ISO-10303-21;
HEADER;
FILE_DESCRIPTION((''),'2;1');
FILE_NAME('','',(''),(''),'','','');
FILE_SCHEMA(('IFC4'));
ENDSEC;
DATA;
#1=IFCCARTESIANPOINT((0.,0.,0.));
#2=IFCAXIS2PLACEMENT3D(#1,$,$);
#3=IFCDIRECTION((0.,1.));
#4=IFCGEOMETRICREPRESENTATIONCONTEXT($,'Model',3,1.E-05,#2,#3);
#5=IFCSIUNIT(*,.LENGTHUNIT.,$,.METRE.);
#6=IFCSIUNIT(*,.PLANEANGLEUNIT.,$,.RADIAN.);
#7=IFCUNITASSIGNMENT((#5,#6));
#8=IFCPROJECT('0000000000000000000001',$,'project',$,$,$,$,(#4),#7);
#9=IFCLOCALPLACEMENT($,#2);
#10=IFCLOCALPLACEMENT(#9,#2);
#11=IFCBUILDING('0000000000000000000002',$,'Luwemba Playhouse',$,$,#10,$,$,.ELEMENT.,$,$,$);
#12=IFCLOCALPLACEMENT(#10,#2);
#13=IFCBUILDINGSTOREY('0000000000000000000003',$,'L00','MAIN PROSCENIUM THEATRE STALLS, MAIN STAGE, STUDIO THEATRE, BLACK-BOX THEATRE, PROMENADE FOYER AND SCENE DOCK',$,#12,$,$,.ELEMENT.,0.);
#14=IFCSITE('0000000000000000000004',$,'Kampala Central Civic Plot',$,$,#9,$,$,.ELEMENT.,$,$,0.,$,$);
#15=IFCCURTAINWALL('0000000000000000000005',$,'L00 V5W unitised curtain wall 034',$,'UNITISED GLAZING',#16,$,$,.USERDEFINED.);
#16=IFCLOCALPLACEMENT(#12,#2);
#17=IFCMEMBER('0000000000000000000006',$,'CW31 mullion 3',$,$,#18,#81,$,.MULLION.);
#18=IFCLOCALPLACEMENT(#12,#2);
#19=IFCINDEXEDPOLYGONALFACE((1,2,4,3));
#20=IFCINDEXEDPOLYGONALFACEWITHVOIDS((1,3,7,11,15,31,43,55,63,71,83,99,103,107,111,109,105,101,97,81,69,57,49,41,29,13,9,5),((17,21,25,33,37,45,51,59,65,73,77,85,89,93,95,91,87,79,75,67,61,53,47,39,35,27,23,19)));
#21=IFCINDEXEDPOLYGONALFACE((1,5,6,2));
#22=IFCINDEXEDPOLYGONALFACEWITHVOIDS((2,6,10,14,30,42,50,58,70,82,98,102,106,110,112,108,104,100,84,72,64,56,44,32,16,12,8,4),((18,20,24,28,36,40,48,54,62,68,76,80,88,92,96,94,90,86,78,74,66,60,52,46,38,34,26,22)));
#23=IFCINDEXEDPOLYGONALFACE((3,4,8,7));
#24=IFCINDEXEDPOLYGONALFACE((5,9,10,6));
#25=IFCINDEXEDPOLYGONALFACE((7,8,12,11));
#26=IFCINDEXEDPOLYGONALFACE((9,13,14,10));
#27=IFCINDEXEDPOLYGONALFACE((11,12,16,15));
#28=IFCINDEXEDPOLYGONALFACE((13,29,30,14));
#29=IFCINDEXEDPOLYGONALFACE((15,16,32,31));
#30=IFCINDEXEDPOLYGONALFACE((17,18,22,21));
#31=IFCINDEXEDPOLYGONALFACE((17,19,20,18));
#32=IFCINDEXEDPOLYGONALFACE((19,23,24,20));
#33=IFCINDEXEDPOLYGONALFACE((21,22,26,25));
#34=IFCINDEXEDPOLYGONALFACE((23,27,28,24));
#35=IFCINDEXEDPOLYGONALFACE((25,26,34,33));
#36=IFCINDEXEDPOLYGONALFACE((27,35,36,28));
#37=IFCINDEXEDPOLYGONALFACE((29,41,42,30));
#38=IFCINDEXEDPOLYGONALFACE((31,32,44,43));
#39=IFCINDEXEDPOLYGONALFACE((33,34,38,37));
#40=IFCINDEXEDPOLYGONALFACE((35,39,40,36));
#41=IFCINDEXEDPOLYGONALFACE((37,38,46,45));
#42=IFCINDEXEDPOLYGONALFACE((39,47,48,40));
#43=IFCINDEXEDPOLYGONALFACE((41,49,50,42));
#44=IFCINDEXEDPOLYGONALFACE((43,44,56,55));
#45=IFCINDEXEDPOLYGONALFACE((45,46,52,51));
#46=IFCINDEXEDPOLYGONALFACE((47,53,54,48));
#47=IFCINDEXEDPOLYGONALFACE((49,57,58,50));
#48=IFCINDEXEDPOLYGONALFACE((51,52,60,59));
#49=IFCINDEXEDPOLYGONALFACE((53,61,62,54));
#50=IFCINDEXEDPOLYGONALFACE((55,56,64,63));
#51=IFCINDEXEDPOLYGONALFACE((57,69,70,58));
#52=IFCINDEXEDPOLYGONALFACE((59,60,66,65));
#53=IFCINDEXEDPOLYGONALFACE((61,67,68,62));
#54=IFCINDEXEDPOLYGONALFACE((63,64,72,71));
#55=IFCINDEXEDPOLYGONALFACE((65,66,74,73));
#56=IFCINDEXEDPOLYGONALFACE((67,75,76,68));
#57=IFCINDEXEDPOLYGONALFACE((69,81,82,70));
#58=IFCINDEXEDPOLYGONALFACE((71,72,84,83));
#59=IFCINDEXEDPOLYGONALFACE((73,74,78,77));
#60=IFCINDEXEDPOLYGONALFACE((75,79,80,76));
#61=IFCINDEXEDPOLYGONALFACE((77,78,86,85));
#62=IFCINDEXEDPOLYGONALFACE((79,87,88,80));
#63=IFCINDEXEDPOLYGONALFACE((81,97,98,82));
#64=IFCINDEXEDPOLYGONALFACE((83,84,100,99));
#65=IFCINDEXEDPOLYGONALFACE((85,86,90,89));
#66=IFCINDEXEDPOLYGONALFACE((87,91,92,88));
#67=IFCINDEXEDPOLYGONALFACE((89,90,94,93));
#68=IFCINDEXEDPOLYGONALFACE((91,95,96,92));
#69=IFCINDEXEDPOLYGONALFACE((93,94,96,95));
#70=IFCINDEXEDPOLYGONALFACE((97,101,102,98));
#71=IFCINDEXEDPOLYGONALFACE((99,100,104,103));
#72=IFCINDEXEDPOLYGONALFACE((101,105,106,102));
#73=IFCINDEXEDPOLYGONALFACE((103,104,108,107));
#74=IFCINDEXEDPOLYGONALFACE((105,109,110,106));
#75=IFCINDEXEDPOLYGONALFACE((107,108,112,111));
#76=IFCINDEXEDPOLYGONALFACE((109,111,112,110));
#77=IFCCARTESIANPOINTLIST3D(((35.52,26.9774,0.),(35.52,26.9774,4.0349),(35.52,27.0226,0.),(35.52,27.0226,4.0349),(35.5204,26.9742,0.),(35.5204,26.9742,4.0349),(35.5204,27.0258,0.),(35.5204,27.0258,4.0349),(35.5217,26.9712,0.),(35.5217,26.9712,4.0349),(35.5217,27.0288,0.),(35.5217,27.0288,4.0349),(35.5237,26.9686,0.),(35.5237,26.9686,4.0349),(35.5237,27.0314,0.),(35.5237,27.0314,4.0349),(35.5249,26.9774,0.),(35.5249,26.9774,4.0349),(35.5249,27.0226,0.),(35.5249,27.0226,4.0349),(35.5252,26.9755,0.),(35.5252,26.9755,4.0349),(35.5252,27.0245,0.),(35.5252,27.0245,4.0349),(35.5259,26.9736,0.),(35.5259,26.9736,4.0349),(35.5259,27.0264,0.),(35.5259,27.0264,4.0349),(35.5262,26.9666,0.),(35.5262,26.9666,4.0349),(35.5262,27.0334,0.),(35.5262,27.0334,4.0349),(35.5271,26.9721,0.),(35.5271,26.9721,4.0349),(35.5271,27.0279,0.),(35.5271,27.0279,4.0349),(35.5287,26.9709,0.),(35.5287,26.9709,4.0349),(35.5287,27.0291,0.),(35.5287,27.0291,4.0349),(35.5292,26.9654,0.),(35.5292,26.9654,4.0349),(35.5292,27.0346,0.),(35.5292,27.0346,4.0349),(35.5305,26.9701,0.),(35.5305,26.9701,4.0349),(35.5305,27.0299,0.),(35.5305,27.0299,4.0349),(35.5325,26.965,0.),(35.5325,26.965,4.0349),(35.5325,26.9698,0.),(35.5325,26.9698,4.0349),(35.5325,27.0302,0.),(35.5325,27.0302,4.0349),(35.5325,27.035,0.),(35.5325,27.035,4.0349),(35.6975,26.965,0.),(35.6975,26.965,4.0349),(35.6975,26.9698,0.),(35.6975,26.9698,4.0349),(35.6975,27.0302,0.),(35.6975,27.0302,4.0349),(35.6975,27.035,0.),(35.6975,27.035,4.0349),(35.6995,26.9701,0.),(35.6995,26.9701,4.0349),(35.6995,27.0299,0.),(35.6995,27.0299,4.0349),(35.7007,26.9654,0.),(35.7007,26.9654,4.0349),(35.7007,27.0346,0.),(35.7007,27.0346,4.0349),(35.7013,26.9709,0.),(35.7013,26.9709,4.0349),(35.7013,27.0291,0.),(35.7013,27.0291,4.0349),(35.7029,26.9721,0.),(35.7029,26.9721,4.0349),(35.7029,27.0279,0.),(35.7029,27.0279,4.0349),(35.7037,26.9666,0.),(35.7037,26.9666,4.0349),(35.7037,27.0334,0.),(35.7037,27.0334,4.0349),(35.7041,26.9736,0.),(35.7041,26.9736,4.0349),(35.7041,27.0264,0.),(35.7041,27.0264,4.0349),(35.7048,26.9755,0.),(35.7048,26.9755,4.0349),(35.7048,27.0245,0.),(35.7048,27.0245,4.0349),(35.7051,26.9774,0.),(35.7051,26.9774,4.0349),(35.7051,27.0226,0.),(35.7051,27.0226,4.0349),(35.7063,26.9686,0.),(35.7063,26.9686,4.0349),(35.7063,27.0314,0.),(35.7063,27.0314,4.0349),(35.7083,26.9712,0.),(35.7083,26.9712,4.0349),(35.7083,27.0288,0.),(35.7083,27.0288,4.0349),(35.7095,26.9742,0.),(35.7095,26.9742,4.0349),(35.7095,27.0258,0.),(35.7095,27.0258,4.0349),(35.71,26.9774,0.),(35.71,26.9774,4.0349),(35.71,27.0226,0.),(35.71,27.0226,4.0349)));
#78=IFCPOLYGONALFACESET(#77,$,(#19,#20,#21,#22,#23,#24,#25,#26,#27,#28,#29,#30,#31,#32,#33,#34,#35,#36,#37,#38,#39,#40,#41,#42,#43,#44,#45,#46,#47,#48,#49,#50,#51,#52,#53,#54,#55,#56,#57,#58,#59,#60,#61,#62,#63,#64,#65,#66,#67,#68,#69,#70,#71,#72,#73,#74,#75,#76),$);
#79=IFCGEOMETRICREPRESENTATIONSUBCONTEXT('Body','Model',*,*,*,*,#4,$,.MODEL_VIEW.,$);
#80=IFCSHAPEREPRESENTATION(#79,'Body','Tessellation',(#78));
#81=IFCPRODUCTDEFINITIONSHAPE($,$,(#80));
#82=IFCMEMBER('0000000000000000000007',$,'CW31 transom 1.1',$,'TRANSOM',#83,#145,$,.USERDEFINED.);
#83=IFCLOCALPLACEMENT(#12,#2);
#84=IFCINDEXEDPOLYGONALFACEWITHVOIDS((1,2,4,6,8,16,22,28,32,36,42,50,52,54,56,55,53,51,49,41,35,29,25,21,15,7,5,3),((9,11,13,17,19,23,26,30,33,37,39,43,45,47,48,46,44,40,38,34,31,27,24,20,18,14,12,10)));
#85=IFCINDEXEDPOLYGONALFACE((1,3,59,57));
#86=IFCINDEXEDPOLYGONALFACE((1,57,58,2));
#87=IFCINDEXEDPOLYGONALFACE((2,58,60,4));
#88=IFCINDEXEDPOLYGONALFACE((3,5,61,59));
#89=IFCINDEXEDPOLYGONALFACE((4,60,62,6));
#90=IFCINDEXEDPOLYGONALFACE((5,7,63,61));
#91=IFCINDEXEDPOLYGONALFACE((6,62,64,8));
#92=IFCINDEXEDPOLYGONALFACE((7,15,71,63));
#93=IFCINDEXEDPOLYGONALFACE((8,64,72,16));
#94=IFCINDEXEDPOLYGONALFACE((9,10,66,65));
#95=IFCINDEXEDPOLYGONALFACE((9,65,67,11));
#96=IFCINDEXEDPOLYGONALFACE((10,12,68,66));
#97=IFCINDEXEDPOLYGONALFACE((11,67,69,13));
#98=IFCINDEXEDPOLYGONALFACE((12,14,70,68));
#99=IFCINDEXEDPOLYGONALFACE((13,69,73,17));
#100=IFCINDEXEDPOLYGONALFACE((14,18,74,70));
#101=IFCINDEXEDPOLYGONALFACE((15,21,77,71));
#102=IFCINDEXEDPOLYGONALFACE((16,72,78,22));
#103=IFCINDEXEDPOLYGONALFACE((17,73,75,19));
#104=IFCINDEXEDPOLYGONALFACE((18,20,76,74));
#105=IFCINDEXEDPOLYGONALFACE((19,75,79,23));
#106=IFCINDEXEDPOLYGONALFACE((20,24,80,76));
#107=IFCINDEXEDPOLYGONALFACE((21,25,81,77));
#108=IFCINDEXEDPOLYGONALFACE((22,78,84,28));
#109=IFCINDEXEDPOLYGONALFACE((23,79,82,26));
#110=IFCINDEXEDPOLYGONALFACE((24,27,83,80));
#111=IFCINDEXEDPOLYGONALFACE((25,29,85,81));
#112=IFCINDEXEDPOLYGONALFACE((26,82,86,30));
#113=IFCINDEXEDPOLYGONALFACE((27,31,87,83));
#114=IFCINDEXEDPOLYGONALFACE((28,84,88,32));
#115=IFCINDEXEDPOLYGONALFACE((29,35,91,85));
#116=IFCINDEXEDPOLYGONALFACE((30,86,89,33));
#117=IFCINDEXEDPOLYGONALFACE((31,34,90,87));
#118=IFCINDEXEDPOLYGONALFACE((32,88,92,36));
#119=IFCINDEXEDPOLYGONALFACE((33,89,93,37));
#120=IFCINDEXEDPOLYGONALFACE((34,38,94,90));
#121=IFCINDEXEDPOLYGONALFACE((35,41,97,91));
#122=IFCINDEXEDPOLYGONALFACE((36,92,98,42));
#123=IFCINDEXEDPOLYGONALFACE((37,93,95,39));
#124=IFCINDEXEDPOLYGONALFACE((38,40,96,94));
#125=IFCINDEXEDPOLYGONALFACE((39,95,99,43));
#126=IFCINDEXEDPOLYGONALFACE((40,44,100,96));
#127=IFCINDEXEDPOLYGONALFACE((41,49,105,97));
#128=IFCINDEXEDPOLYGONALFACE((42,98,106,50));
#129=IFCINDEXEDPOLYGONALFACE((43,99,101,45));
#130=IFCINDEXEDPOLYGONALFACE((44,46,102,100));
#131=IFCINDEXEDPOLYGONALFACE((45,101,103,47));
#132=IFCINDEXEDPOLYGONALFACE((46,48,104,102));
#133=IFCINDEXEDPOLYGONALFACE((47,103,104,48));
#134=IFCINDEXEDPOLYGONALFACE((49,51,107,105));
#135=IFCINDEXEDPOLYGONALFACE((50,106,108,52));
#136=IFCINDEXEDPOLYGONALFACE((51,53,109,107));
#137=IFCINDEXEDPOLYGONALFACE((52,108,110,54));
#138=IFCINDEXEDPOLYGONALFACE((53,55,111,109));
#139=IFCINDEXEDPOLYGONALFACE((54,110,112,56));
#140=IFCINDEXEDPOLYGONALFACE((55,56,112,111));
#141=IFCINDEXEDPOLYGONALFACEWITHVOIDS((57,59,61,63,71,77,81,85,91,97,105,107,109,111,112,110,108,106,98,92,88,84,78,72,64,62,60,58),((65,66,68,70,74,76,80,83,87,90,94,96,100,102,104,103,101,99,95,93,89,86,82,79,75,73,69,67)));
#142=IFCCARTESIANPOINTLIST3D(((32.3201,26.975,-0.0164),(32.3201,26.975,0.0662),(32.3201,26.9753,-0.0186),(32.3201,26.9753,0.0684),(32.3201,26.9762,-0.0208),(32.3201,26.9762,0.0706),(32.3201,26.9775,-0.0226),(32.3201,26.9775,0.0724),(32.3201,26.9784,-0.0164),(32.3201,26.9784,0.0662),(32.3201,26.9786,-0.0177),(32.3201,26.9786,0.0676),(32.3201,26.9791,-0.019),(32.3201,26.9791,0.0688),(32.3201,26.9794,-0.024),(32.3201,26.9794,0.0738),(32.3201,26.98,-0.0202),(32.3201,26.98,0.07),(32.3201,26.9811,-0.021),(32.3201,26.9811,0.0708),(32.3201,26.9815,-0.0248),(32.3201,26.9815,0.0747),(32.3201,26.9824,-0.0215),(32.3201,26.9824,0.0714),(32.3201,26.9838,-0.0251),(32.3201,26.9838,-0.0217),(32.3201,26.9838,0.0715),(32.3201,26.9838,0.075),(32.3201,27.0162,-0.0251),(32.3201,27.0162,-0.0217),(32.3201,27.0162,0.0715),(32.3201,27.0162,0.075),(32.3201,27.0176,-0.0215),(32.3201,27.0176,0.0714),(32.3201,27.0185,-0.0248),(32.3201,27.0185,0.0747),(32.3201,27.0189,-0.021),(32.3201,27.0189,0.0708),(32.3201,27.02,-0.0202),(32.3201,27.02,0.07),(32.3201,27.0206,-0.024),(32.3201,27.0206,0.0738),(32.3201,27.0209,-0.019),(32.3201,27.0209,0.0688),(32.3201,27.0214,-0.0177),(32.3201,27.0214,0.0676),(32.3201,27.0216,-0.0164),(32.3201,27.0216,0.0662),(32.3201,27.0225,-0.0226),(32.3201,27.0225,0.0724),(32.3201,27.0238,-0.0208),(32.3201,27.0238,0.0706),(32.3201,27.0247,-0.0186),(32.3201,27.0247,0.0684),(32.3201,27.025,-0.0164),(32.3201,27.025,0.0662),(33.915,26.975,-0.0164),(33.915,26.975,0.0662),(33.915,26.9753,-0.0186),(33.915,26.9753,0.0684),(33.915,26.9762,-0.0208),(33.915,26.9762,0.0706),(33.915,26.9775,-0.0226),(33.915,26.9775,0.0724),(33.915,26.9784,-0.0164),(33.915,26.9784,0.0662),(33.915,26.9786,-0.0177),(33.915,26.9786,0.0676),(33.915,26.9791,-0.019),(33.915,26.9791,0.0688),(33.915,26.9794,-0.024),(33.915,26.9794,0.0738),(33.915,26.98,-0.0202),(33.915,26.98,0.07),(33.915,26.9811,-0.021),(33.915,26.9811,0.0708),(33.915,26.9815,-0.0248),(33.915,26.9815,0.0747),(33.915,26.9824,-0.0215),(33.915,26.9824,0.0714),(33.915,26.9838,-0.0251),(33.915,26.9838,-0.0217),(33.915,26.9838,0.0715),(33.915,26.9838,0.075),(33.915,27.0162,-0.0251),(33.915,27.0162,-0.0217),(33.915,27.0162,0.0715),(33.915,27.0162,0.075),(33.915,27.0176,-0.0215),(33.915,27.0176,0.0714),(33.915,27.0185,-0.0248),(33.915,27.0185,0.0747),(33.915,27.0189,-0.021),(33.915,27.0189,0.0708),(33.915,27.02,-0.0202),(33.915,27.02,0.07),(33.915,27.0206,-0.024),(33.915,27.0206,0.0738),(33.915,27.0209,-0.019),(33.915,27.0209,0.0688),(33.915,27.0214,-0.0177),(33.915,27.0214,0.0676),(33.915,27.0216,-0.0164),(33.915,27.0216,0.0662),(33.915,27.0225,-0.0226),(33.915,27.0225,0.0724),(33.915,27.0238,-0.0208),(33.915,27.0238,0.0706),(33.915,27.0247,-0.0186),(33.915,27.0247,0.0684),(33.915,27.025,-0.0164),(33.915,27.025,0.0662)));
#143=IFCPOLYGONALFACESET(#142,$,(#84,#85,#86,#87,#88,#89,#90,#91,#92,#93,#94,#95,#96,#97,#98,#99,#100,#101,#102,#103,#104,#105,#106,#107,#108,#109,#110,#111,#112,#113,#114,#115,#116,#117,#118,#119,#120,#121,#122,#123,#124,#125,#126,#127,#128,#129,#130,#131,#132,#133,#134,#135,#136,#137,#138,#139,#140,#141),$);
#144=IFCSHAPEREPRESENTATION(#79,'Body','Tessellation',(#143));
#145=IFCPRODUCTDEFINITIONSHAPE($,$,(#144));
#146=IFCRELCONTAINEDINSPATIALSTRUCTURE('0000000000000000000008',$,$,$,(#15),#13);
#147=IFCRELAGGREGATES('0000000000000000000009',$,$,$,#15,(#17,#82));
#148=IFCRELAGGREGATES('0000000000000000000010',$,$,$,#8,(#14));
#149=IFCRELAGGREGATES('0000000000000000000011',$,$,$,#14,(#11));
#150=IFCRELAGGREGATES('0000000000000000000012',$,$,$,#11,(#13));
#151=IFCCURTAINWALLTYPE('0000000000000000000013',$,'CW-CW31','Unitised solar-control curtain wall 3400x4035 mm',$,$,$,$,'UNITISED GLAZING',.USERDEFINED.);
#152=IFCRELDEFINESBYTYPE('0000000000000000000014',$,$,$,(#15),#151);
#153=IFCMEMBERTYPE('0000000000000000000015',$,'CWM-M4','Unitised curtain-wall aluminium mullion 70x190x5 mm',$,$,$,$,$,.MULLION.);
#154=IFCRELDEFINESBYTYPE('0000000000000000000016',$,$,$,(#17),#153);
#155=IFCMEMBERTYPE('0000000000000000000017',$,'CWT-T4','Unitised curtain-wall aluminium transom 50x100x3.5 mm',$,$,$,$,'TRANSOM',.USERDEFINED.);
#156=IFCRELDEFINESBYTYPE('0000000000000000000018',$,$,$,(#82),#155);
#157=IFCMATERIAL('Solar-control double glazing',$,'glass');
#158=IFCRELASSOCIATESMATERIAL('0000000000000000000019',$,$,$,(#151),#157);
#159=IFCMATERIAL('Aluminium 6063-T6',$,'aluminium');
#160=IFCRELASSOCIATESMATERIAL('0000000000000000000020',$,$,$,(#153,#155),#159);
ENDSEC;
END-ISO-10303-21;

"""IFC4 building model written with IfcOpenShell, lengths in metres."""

from ifc_helpers import new_model, si_unit, direction, frame, origin, origin_2d, place, context, subcontext, project, spatial, hollow_rectangle, extrude, material, material_profile, profile_set, type_object, element, aggregate, save


model = new_model("IFC4")

# Units and contexts
model_context = context("Model", 3, precision=1e-05, world=origin(), true_north=direction((0.0, 1.0)))
body_context = subcontext(model_context, "Body", "Model", "MODEL_VIEW")
ifc_project = project(units=[si_unit("LENGTHUNIT", "METRE"), si_unit("PLANEANGLEUNIT", "RADIAN")], contexts=[model_context])

# Site, building, storey
site_placement = place(None, origin())
site = spatial("IfcSite", under=ifc_project, at=site_placement, Name="Kampala Central Civic Plot", CompositionType="ELEMENT", RefElevation=0.0)
building_placement = place(site_placement, origin())
building = spatial("IfcBuilding", under=site, at=building_placement, Name="Luwemba Playhouse", CompositionType="ELEMENT")
storey_placement = place(building_placement, origin())
storey = spatial("IfcBuildingStorey", under=building, at=storey_placement, Name="L00", Description="MAIN PROSCENIUM THEATRE STALLS, MAIN STAGE, STUDIO THEATRE, BLACK-BOX THEATRE, PROMENADE FOYER AND SCENE DOCK", CompositionType="ELEMENT", Elevation=0.0)

# Curtain wall, members
ifc_material_1 = material(Name="Solar-control double glazing", Category="glass")
curtain_wall_type = type_object("IfcCurtainWallType", Name="CW-CW31", Description="Unitised solar-control curtain wall 3400x4035 mm", ElementType="UNITISED GLAZING", PredefinedType="USERDEFINED", material=ifc_material_1)
curtain_wall_placement = place(storey_placement, origin())
curtain_wall = element("IfcCurtainWall", 1, at=curtain_wall_placement, inside=storey, type_object=curtain_wall_type, Name="L00 V5W unitised curtain wall 034", ObjectType="UNITISED GLAZING", PredefinedType="USERDEFINED")
ifc_material_2 = material(Name="Aluminium 6063-T6", Category="aluminium")
ifc_material_profile_1 = material_profile(ifc_material_2, hollow_rectangle(XDim=0.0701, YDim=0.1899, WallThickness=0.0049, InnerFilletRadius=0.0076, OuterFilletRadius=0.0125, at=origin_2d()))
ifc_profile_set_1 = profile_set([ifc_material_profile_1], Name="Aluminium 6063-T6")
member_type_1 = type_object("IfcMemberType", Name="CWM-M4", Description="Unitised curtain-wall aluminium mullion 70x190x5 mm", PredefinedType="MULLION", material=ifc_profile_set_1)
member_1_placement = place(storey_placement, frame((35.615, 27.0, 0.0), z_axis=(0.0, 0.0, 1.0), x_axis=(0.0, 1.0, 0.0)))
member_1 = element("IfcMember", 2, at=member_1_placement, type_object=member_type_1, Name="CW31 mullion 3", PredefinedType="MULLION", context=body_context, shape_type="SweptSolid", body=[
    extrude(hollow_rectangle(XDim=0.0701, YDim=0.1899, WallThickness=0.0049, InnerFilletRadius=0.0076, OuterFilletRadius=0.0125, at=origin_2d()), origin(), (0.0, 0.0, 1.0), 4.0349),
])
ifc_material_profile_2 = material_profile(ifc_material_2, hollow_rectangle(XDim=0.05, YDim=0.1001, WallThickness=0.0034, InnerFilletRadius=0.0054, OuterFilletRadius=0.0088, at=origin_2d()))
ifc_profile_set_2 = profile_set([ifc_material_profile_2], Name="Aluminium 6063-T6")
member_type_2 = type_object("IfcMemberType", Name="CWT-T4", Description="Unitised curtain-wall aluminium transom 50x100x3.5 mm", ElementType="TRANSOM", PredefinedType="USERDEFINED", material=ifc_profile_set_2)
member_2_placement = place(storey_placement, frame((32.3201, 27.0, 0.0249), z_axis=(1.0, 0.0, 0.0), x_axis=(0.0, 1.0, 0.0)))
member_2 = element("IfcMember", 3, at=member_2_placement, type_object=member_type_2, Name="CW31 transom 1.1", ObjectType="TRANSOM", PredefinedType="USERDEFINED", context=body_context, shape_type="SweptSolid", body=[
    extrude(hollow_rectangle(XDim=0.05, YDim=0.1001, WallThickness=0.0034, InnerFilletRadius=0.0054, OuterFilletRadius=0.0088, at=origin_2d()), origin(), (0.0, 0.0, 1.0), 1.595),
])
aggregate(curtain_wall, [member_1, member_2])

save(model, "model.ifc")
